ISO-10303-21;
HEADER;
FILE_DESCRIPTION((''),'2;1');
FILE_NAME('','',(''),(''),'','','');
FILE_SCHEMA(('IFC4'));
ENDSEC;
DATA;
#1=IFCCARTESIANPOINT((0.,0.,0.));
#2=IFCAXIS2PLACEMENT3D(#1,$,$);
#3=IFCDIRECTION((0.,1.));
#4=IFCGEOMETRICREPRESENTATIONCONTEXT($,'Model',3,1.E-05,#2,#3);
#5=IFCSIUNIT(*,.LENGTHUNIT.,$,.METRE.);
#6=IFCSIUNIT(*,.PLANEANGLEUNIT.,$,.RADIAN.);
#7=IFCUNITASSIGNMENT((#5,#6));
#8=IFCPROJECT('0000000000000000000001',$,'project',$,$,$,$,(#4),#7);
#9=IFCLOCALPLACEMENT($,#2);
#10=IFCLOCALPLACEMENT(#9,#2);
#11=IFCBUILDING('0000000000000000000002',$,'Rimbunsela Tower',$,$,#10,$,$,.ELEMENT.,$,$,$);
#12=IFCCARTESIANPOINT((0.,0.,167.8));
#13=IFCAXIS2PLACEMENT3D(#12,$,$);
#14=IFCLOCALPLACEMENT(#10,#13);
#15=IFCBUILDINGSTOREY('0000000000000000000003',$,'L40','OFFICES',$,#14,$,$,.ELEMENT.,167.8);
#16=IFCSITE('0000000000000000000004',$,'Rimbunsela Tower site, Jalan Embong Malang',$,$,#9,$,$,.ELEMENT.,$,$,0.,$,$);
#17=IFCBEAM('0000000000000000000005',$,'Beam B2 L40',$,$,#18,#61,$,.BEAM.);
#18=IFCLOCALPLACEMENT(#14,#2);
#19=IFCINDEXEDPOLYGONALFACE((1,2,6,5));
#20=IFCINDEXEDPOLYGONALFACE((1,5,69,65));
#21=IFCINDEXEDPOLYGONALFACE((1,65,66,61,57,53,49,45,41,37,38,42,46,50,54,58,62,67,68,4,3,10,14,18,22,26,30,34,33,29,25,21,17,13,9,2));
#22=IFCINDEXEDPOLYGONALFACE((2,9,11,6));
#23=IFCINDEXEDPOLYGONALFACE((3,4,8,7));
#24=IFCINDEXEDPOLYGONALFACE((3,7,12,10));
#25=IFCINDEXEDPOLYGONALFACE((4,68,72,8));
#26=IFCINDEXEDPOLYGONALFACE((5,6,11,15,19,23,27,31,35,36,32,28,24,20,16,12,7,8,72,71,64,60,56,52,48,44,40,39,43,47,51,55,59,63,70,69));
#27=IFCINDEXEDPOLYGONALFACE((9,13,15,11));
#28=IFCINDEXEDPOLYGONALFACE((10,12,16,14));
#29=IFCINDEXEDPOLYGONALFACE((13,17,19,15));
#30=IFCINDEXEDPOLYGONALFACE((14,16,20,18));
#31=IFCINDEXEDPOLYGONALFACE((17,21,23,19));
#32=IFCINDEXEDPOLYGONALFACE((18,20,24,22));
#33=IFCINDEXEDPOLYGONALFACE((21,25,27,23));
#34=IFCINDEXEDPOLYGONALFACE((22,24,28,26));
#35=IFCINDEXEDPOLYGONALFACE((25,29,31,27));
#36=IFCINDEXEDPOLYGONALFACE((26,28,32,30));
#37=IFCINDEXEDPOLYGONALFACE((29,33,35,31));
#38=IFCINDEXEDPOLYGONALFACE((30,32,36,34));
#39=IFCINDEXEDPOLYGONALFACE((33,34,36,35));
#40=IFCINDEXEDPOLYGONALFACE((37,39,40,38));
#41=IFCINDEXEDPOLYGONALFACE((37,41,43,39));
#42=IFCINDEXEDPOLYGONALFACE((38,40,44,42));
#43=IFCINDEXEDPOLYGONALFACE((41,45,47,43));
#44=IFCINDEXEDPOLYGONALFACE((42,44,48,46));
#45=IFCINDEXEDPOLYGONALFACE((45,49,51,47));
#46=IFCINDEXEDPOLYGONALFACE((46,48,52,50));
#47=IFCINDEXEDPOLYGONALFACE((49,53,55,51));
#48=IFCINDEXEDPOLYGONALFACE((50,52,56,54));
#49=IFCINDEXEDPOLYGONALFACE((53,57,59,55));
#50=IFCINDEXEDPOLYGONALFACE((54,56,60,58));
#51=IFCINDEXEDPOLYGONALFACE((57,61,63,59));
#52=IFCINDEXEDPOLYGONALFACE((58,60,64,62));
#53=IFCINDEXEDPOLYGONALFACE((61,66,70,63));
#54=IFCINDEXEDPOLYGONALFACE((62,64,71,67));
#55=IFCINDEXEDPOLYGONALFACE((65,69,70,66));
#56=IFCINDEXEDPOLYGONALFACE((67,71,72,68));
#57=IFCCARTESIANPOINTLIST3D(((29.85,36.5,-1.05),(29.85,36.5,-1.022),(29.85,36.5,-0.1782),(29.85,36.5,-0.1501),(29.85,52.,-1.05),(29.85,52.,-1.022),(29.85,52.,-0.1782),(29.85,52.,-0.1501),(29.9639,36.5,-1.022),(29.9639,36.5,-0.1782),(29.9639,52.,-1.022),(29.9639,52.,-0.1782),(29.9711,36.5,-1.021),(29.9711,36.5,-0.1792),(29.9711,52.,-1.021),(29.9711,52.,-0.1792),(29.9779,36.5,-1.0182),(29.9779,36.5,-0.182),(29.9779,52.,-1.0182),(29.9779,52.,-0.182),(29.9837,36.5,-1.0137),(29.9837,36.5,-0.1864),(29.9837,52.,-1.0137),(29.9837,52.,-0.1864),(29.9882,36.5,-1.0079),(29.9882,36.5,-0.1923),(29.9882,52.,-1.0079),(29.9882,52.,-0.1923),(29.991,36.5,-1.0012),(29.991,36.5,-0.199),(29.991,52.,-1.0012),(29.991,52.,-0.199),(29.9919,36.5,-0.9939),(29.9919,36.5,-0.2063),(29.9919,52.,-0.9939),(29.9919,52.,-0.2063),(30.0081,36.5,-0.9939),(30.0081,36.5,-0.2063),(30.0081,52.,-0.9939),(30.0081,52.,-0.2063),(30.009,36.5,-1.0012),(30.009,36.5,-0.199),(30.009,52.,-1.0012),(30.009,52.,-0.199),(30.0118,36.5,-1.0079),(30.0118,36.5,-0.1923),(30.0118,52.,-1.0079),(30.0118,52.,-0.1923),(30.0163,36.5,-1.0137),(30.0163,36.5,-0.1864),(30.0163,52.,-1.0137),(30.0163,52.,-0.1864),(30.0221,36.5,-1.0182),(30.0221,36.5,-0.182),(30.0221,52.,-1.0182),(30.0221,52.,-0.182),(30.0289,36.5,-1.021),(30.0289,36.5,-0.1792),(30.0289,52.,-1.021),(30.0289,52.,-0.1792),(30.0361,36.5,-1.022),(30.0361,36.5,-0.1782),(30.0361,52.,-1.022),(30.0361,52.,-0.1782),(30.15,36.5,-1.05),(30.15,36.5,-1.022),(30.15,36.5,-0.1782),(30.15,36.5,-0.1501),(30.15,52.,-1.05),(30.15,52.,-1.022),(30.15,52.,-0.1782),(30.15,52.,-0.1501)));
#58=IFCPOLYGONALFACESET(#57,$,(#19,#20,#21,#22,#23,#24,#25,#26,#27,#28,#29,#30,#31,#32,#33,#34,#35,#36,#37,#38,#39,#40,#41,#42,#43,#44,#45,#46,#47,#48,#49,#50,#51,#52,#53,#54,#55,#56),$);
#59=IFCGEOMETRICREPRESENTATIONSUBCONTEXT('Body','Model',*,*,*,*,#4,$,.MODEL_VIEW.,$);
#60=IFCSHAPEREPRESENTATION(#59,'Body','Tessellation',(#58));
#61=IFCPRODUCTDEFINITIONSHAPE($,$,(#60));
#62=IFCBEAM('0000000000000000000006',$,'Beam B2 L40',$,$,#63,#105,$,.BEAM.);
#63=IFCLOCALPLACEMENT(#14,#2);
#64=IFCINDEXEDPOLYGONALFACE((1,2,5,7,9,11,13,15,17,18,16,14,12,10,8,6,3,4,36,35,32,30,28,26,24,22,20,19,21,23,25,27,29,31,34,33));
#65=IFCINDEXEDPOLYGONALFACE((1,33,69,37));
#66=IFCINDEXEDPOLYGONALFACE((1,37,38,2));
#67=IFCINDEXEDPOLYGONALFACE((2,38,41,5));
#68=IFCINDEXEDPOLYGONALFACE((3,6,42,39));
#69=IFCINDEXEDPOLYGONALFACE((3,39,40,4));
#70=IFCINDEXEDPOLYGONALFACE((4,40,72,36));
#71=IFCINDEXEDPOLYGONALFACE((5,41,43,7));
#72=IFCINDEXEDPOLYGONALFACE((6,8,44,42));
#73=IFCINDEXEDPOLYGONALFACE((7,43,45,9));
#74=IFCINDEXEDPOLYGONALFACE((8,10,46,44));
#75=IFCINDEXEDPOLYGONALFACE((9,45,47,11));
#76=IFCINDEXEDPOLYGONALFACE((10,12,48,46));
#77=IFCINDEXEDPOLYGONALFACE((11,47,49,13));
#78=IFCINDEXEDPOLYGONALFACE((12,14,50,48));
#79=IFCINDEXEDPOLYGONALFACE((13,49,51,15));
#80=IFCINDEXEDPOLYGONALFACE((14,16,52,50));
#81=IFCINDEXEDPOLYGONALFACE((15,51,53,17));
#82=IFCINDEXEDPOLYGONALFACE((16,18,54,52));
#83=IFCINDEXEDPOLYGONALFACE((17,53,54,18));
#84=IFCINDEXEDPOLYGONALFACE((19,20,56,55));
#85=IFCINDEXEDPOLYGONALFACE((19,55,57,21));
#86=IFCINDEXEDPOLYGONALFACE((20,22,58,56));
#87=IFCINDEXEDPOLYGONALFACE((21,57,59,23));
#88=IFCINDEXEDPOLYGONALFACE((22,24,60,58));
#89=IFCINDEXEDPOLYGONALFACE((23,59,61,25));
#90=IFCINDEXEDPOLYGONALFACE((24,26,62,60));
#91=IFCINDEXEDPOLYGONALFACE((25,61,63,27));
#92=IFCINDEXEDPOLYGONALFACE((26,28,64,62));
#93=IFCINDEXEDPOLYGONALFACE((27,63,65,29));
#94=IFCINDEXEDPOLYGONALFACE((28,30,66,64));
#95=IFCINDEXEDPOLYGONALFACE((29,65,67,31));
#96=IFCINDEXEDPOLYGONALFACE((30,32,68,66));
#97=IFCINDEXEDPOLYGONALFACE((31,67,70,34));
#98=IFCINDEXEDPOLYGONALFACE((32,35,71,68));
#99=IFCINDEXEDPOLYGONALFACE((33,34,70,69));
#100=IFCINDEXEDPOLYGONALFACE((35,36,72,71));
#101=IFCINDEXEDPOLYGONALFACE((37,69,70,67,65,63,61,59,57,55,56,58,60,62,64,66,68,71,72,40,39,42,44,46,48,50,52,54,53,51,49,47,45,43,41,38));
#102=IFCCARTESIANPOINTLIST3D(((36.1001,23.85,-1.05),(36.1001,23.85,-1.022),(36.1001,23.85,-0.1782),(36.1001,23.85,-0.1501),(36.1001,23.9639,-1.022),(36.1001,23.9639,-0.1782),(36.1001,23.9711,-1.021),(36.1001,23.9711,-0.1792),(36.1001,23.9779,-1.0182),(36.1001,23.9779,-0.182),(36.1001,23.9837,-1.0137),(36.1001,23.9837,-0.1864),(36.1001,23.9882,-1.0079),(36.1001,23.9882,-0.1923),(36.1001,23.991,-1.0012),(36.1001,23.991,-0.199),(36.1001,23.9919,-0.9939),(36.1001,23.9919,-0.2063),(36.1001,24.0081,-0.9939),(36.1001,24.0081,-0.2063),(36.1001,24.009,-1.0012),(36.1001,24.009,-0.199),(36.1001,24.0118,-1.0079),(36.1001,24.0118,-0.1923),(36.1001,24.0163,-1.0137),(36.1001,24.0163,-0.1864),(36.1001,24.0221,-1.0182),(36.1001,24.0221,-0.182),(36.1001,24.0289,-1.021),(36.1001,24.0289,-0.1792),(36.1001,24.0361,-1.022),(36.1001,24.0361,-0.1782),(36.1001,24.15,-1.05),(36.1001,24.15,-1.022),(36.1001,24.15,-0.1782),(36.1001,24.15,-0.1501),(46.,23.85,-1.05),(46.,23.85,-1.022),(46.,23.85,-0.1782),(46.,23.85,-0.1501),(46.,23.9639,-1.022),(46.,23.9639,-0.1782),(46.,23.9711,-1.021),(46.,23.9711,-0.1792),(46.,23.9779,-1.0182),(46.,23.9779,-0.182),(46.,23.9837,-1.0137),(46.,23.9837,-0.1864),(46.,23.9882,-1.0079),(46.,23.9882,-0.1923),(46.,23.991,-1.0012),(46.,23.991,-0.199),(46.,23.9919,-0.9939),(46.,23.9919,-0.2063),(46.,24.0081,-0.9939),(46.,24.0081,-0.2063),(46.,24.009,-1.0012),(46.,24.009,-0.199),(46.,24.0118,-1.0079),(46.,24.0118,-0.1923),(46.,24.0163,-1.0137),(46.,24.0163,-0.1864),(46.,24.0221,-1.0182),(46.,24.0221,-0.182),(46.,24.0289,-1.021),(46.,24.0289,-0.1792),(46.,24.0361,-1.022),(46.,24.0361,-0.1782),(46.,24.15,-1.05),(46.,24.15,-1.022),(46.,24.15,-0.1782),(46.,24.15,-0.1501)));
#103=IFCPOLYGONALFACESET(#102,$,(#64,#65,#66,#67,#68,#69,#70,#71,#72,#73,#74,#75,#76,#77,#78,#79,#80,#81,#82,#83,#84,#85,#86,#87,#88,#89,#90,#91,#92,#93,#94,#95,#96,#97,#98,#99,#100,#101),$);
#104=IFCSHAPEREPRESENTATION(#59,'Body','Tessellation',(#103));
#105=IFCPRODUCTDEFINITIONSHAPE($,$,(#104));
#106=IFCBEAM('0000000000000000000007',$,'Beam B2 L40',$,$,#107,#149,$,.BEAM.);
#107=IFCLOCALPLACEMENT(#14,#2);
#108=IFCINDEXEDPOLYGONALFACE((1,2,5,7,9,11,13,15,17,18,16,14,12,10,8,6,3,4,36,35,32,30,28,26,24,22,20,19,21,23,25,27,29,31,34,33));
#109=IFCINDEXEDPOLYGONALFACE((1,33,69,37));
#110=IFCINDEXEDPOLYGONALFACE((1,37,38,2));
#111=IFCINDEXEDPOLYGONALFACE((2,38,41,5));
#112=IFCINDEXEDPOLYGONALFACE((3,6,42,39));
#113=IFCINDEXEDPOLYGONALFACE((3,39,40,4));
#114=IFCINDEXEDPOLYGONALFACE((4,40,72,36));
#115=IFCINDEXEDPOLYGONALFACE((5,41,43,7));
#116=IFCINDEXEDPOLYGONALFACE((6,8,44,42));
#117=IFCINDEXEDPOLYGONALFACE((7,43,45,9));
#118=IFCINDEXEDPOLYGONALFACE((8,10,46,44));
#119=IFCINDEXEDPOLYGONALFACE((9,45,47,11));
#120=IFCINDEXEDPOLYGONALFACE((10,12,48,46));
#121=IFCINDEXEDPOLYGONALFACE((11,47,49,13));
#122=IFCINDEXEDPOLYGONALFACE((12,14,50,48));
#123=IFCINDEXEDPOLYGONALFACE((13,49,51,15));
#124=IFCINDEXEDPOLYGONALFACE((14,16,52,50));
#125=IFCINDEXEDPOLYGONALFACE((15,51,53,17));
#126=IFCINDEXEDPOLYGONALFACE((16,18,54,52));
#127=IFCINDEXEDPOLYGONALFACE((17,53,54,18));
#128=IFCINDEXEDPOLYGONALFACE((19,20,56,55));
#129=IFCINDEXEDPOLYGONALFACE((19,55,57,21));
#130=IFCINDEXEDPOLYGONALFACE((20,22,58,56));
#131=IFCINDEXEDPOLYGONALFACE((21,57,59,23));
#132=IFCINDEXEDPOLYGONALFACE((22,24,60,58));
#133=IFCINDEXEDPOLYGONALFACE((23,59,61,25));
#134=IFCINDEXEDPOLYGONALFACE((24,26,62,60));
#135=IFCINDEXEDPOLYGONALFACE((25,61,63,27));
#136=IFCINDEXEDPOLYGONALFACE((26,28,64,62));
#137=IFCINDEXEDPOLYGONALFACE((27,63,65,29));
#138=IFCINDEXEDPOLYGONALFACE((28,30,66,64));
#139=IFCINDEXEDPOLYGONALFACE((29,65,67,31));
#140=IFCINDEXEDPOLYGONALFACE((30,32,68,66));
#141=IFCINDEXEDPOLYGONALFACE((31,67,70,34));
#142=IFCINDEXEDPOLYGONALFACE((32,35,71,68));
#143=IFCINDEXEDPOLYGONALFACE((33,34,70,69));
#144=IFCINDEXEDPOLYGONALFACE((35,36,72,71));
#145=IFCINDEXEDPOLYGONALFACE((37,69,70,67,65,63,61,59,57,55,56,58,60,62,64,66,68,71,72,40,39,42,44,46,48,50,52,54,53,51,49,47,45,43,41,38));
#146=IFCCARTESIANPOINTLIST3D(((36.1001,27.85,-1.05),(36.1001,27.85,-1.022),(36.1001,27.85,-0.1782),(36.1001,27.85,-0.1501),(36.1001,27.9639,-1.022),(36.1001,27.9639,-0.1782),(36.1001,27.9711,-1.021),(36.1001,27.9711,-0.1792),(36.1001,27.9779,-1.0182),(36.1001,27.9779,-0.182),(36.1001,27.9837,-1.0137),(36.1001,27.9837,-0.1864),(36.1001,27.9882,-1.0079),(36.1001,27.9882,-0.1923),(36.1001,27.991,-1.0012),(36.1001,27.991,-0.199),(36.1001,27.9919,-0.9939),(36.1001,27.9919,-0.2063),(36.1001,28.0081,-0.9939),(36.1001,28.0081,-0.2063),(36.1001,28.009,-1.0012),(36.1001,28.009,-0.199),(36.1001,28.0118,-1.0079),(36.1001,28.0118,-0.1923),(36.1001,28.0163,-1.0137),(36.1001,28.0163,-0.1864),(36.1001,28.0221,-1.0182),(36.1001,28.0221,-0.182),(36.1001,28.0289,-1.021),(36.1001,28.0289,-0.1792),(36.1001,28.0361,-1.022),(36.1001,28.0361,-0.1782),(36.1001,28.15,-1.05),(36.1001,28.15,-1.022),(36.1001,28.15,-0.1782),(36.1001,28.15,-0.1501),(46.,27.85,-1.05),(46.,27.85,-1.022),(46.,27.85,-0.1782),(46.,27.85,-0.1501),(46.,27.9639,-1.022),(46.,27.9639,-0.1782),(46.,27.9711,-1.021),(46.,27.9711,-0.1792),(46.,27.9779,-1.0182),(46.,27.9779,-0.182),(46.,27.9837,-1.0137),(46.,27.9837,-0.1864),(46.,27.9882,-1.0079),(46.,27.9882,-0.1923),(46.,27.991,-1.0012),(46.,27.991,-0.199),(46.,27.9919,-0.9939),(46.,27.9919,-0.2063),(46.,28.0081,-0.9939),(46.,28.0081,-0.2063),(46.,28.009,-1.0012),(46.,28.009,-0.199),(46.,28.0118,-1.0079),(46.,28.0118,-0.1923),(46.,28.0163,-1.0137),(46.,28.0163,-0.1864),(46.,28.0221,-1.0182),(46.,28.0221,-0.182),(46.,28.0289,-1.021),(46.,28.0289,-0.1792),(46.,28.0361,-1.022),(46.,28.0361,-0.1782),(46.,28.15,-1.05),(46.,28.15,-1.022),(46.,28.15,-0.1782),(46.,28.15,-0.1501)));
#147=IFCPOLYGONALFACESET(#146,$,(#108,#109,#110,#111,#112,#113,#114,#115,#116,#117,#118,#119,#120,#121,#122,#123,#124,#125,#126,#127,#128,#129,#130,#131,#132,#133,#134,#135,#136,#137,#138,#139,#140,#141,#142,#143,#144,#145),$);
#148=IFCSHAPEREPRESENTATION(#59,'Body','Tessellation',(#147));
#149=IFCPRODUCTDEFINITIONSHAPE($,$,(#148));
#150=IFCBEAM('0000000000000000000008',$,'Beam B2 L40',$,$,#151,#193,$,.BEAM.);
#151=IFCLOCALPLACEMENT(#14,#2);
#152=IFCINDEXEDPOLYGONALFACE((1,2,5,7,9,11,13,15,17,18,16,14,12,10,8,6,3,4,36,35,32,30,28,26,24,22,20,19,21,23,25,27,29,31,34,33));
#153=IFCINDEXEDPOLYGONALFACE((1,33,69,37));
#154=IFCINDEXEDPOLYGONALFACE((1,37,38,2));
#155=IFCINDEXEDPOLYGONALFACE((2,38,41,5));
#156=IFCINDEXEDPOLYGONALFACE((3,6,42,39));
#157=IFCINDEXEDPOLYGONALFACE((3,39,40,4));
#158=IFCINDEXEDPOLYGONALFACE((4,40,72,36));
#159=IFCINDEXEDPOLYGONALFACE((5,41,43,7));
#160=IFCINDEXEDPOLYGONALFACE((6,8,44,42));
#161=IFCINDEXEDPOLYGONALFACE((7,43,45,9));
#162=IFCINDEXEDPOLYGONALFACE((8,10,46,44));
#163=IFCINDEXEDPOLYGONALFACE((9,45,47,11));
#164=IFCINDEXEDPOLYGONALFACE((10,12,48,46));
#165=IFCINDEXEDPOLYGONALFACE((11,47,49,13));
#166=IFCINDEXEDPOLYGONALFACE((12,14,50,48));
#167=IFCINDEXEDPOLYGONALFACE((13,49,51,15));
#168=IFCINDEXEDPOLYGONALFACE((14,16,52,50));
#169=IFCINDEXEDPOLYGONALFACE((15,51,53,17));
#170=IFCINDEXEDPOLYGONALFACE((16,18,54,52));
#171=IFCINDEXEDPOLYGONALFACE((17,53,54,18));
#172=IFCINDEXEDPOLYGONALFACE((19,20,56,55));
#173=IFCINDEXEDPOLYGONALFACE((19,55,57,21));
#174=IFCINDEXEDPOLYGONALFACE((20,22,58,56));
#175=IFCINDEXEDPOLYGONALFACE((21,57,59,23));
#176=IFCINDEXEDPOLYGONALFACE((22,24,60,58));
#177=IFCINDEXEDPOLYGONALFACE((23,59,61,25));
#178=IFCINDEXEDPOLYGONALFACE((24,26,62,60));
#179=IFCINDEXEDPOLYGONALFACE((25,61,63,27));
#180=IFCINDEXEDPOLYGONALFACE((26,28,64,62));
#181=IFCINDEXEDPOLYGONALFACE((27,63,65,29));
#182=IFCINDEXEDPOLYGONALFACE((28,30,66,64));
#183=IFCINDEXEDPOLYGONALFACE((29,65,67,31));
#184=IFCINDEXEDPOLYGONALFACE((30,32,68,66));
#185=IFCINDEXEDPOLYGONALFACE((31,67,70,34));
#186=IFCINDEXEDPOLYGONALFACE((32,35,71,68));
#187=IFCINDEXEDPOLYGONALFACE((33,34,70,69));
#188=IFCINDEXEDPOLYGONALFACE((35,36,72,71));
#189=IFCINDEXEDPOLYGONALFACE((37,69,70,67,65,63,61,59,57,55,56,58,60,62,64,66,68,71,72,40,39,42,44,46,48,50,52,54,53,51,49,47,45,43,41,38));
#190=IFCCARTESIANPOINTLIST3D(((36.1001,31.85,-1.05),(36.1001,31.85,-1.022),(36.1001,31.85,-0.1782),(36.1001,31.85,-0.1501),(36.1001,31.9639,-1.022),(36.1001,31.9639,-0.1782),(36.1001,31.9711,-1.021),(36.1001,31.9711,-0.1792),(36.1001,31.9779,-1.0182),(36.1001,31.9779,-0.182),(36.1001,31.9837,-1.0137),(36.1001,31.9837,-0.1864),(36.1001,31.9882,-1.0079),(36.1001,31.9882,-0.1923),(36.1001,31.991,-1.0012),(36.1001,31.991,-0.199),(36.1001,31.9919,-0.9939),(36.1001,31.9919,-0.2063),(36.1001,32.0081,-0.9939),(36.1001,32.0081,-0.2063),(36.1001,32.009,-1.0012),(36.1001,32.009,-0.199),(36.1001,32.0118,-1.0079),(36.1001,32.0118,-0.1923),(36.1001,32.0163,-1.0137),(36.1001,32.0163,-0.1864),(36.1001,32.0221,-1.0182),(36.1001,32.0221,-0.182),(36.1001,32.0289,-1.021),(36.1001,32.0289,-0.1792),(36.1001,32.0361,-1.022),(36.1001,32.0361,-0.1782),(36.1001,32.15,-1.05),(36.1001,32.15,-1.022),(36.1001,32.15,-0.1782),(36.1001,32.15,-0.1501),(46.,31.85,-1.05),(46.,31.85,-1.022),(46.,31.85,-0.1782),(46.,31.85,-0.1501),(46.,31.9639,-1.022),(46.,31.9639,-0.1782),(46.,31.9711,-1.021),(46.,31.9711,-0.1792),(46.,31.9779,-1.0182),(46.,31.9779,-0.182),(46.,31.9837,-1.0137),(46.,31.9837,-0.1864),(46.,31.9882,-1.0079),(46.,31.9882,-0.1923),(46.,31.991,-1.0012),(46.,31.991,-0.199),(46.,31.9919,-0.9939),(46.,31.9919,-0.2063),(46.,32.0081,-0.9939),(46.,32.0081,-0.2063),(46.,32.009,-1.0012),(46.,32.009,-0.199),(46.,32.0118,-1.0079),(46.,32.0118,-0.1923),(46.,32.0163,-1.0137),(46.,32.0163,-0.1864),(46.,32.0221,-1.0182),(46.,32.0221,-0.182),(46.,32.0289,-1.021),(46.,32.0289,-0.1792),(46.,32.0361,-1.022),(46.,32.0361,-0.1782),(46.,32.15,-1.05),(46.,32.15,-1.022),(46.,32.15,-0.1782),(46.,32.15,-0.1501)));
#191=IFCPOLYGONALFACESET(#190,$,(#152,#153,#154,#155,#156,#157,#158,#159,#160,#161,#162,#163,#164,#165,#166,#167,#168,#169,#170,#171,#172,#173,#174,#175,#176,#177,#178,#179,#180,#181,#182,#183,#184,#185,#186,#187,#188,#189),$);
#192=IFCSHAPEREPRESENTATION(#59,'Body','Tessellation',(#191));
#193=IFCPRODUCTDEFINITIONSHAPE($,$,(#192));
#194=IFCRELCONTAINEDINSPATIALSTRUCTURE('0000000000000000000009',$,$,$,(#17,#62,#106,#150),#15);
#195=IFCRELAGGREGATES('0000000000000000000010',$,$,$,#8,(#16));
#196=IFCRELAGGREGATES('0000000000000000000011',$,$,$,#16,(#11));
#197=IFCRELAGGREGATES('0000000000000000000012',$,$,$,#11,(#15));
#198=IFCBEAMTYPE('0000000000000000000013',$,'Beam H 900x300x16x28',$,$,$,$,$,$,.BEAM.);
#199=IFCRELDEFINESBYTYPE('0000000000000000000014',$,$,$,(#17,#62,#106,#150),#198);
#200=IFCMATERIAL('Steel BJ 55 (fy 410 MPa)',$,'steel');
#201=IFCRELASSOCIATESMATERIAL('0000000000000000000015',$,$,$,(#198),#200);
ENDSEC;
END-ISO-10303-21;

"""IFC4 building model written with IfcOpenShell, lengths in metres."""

from ifc_helpers import new_model, si_unit, direction, frame, origin, origin_2d, place, context, subcontext, project, spatial, i_section, extrude, material, material_profile, profile_set, type_object, element, save


model = new_model("IFC4")

# Units and contexts
model_context = context("Model", 3, precision=1e-05, world=origin(), true_north=direction((0.0, 1.0)))
body_context = subcontext(model_context, "Body", "Model", "MODEL_VIEW")
ifc_project = project(units=[si_unit("LENGTHUNIT", "METRE"), si_unit("PLANEANGLEUNIT", "RADIAN")], contexts=[model_context])

# Site, building, storey
site_placement = place(None, origin())
site = spatial("IfcSite", under=ifc_project, at=site_placement, Name="Rimbunsela Tower site, Jalan Embong Malang", CompositionType="ELEMENT", RefElevation=0.0)
building_placement = place(site_placement, origin())
building = spatial("IfcBuilding", under=site, at=building_placement, Name="Rimbunsela Tower", CompositionType="ELEMENT")
storey_placement = place(building_placement, frame((0.0, 0.0, 167.8)))
storey = spatial("IfcBuildingStorey", under=building, at=storey_placement, Name="L40", Description="OFFICES", CompositionType="ELEMENT", Elevation=167.8)

# Beams
ifc_material_1 = material(Name="Steel BJ 55 (fy 410 MPa)", Category="steel")
ifc_material_profile_1 = material_profile(ifc_material_1, i_section(OverallWidth=0.3, OverallDepth=0.8999, WebThickness=0.0161, FlangeThickness=0.0281, FilletRadius=0.0281, at=origin_2d()), Name="H 900x300x16x28")
ifc_profile_set_1 = profile_set([ifc_material_profile_1], Name="Steel BJ 55 (fy 410 MPa)")
beam_type_1 = type_object("IfcBeamType", Name="Beam H 900x300x16x28", PredefinedType="BEAM", material=ifc_profile_set_1)
beam_1_placement = place(storey_placement, frame((30.0, 36.5, -0.6001), z_axis=(0.0, 1.0, 0.0), x_axis=(-1.0, 0.0, 0.0)))
element("IfcBeam", 1, at=beam_1_placement, inside=storey, type_object=beam_type_1, Name="Beam B2 L40", PredefinedType="BEAM", context=body_context, shape_type="SweptSolid", body=[
    extrude(i_section(OverallWidth=0.3, OverallDepth=0.8999, WebThickness=0.0161, FlangeThickness=0.0281, FilletRadius=0.0281, at=origin_2d()), origin(), (0.0, 0.0, 1.0), 15.5),
])
for number, where, z_axis, x_axis, name in (
    (2, (36.1001, 24.0, -0.6001), (1.0, 0.0, 0.0), (0.0, 1.0, 0.0), "Beam B2 L40"),
    (3, (36.1001, 28.0, -0.6001), (1.0, 0.0, 0.0), (0.0, 1.0, 0.0), "Beam B2 L40"),
    (4, (36.1001, 32.0, -0.6001), (1.0, 0.0, 0.0), (0.0, 1.0, 0.0), "Beam B2 L40"),
):
    element("IfcBeam", number, at=place(storey_placement, frame(where, z_axis=z_axis, x_axis=x_axis)), inside=storey, type_object=beam_type_1, Name=name, PredefinedType="BEAM", context=body_context, shape_type="SweptSolid", body=[
        extrude(i_section(OverallWidth=0.3, OverallDepth=0.8999, WebThickness=0.0161, FlangeThickness=0.0281, FilletRadius=0.0281, at=origin_2d()), origin(), (0.0, 0.0, 1.0), 9.8999),
    ])

save(model, "model.ifc")
